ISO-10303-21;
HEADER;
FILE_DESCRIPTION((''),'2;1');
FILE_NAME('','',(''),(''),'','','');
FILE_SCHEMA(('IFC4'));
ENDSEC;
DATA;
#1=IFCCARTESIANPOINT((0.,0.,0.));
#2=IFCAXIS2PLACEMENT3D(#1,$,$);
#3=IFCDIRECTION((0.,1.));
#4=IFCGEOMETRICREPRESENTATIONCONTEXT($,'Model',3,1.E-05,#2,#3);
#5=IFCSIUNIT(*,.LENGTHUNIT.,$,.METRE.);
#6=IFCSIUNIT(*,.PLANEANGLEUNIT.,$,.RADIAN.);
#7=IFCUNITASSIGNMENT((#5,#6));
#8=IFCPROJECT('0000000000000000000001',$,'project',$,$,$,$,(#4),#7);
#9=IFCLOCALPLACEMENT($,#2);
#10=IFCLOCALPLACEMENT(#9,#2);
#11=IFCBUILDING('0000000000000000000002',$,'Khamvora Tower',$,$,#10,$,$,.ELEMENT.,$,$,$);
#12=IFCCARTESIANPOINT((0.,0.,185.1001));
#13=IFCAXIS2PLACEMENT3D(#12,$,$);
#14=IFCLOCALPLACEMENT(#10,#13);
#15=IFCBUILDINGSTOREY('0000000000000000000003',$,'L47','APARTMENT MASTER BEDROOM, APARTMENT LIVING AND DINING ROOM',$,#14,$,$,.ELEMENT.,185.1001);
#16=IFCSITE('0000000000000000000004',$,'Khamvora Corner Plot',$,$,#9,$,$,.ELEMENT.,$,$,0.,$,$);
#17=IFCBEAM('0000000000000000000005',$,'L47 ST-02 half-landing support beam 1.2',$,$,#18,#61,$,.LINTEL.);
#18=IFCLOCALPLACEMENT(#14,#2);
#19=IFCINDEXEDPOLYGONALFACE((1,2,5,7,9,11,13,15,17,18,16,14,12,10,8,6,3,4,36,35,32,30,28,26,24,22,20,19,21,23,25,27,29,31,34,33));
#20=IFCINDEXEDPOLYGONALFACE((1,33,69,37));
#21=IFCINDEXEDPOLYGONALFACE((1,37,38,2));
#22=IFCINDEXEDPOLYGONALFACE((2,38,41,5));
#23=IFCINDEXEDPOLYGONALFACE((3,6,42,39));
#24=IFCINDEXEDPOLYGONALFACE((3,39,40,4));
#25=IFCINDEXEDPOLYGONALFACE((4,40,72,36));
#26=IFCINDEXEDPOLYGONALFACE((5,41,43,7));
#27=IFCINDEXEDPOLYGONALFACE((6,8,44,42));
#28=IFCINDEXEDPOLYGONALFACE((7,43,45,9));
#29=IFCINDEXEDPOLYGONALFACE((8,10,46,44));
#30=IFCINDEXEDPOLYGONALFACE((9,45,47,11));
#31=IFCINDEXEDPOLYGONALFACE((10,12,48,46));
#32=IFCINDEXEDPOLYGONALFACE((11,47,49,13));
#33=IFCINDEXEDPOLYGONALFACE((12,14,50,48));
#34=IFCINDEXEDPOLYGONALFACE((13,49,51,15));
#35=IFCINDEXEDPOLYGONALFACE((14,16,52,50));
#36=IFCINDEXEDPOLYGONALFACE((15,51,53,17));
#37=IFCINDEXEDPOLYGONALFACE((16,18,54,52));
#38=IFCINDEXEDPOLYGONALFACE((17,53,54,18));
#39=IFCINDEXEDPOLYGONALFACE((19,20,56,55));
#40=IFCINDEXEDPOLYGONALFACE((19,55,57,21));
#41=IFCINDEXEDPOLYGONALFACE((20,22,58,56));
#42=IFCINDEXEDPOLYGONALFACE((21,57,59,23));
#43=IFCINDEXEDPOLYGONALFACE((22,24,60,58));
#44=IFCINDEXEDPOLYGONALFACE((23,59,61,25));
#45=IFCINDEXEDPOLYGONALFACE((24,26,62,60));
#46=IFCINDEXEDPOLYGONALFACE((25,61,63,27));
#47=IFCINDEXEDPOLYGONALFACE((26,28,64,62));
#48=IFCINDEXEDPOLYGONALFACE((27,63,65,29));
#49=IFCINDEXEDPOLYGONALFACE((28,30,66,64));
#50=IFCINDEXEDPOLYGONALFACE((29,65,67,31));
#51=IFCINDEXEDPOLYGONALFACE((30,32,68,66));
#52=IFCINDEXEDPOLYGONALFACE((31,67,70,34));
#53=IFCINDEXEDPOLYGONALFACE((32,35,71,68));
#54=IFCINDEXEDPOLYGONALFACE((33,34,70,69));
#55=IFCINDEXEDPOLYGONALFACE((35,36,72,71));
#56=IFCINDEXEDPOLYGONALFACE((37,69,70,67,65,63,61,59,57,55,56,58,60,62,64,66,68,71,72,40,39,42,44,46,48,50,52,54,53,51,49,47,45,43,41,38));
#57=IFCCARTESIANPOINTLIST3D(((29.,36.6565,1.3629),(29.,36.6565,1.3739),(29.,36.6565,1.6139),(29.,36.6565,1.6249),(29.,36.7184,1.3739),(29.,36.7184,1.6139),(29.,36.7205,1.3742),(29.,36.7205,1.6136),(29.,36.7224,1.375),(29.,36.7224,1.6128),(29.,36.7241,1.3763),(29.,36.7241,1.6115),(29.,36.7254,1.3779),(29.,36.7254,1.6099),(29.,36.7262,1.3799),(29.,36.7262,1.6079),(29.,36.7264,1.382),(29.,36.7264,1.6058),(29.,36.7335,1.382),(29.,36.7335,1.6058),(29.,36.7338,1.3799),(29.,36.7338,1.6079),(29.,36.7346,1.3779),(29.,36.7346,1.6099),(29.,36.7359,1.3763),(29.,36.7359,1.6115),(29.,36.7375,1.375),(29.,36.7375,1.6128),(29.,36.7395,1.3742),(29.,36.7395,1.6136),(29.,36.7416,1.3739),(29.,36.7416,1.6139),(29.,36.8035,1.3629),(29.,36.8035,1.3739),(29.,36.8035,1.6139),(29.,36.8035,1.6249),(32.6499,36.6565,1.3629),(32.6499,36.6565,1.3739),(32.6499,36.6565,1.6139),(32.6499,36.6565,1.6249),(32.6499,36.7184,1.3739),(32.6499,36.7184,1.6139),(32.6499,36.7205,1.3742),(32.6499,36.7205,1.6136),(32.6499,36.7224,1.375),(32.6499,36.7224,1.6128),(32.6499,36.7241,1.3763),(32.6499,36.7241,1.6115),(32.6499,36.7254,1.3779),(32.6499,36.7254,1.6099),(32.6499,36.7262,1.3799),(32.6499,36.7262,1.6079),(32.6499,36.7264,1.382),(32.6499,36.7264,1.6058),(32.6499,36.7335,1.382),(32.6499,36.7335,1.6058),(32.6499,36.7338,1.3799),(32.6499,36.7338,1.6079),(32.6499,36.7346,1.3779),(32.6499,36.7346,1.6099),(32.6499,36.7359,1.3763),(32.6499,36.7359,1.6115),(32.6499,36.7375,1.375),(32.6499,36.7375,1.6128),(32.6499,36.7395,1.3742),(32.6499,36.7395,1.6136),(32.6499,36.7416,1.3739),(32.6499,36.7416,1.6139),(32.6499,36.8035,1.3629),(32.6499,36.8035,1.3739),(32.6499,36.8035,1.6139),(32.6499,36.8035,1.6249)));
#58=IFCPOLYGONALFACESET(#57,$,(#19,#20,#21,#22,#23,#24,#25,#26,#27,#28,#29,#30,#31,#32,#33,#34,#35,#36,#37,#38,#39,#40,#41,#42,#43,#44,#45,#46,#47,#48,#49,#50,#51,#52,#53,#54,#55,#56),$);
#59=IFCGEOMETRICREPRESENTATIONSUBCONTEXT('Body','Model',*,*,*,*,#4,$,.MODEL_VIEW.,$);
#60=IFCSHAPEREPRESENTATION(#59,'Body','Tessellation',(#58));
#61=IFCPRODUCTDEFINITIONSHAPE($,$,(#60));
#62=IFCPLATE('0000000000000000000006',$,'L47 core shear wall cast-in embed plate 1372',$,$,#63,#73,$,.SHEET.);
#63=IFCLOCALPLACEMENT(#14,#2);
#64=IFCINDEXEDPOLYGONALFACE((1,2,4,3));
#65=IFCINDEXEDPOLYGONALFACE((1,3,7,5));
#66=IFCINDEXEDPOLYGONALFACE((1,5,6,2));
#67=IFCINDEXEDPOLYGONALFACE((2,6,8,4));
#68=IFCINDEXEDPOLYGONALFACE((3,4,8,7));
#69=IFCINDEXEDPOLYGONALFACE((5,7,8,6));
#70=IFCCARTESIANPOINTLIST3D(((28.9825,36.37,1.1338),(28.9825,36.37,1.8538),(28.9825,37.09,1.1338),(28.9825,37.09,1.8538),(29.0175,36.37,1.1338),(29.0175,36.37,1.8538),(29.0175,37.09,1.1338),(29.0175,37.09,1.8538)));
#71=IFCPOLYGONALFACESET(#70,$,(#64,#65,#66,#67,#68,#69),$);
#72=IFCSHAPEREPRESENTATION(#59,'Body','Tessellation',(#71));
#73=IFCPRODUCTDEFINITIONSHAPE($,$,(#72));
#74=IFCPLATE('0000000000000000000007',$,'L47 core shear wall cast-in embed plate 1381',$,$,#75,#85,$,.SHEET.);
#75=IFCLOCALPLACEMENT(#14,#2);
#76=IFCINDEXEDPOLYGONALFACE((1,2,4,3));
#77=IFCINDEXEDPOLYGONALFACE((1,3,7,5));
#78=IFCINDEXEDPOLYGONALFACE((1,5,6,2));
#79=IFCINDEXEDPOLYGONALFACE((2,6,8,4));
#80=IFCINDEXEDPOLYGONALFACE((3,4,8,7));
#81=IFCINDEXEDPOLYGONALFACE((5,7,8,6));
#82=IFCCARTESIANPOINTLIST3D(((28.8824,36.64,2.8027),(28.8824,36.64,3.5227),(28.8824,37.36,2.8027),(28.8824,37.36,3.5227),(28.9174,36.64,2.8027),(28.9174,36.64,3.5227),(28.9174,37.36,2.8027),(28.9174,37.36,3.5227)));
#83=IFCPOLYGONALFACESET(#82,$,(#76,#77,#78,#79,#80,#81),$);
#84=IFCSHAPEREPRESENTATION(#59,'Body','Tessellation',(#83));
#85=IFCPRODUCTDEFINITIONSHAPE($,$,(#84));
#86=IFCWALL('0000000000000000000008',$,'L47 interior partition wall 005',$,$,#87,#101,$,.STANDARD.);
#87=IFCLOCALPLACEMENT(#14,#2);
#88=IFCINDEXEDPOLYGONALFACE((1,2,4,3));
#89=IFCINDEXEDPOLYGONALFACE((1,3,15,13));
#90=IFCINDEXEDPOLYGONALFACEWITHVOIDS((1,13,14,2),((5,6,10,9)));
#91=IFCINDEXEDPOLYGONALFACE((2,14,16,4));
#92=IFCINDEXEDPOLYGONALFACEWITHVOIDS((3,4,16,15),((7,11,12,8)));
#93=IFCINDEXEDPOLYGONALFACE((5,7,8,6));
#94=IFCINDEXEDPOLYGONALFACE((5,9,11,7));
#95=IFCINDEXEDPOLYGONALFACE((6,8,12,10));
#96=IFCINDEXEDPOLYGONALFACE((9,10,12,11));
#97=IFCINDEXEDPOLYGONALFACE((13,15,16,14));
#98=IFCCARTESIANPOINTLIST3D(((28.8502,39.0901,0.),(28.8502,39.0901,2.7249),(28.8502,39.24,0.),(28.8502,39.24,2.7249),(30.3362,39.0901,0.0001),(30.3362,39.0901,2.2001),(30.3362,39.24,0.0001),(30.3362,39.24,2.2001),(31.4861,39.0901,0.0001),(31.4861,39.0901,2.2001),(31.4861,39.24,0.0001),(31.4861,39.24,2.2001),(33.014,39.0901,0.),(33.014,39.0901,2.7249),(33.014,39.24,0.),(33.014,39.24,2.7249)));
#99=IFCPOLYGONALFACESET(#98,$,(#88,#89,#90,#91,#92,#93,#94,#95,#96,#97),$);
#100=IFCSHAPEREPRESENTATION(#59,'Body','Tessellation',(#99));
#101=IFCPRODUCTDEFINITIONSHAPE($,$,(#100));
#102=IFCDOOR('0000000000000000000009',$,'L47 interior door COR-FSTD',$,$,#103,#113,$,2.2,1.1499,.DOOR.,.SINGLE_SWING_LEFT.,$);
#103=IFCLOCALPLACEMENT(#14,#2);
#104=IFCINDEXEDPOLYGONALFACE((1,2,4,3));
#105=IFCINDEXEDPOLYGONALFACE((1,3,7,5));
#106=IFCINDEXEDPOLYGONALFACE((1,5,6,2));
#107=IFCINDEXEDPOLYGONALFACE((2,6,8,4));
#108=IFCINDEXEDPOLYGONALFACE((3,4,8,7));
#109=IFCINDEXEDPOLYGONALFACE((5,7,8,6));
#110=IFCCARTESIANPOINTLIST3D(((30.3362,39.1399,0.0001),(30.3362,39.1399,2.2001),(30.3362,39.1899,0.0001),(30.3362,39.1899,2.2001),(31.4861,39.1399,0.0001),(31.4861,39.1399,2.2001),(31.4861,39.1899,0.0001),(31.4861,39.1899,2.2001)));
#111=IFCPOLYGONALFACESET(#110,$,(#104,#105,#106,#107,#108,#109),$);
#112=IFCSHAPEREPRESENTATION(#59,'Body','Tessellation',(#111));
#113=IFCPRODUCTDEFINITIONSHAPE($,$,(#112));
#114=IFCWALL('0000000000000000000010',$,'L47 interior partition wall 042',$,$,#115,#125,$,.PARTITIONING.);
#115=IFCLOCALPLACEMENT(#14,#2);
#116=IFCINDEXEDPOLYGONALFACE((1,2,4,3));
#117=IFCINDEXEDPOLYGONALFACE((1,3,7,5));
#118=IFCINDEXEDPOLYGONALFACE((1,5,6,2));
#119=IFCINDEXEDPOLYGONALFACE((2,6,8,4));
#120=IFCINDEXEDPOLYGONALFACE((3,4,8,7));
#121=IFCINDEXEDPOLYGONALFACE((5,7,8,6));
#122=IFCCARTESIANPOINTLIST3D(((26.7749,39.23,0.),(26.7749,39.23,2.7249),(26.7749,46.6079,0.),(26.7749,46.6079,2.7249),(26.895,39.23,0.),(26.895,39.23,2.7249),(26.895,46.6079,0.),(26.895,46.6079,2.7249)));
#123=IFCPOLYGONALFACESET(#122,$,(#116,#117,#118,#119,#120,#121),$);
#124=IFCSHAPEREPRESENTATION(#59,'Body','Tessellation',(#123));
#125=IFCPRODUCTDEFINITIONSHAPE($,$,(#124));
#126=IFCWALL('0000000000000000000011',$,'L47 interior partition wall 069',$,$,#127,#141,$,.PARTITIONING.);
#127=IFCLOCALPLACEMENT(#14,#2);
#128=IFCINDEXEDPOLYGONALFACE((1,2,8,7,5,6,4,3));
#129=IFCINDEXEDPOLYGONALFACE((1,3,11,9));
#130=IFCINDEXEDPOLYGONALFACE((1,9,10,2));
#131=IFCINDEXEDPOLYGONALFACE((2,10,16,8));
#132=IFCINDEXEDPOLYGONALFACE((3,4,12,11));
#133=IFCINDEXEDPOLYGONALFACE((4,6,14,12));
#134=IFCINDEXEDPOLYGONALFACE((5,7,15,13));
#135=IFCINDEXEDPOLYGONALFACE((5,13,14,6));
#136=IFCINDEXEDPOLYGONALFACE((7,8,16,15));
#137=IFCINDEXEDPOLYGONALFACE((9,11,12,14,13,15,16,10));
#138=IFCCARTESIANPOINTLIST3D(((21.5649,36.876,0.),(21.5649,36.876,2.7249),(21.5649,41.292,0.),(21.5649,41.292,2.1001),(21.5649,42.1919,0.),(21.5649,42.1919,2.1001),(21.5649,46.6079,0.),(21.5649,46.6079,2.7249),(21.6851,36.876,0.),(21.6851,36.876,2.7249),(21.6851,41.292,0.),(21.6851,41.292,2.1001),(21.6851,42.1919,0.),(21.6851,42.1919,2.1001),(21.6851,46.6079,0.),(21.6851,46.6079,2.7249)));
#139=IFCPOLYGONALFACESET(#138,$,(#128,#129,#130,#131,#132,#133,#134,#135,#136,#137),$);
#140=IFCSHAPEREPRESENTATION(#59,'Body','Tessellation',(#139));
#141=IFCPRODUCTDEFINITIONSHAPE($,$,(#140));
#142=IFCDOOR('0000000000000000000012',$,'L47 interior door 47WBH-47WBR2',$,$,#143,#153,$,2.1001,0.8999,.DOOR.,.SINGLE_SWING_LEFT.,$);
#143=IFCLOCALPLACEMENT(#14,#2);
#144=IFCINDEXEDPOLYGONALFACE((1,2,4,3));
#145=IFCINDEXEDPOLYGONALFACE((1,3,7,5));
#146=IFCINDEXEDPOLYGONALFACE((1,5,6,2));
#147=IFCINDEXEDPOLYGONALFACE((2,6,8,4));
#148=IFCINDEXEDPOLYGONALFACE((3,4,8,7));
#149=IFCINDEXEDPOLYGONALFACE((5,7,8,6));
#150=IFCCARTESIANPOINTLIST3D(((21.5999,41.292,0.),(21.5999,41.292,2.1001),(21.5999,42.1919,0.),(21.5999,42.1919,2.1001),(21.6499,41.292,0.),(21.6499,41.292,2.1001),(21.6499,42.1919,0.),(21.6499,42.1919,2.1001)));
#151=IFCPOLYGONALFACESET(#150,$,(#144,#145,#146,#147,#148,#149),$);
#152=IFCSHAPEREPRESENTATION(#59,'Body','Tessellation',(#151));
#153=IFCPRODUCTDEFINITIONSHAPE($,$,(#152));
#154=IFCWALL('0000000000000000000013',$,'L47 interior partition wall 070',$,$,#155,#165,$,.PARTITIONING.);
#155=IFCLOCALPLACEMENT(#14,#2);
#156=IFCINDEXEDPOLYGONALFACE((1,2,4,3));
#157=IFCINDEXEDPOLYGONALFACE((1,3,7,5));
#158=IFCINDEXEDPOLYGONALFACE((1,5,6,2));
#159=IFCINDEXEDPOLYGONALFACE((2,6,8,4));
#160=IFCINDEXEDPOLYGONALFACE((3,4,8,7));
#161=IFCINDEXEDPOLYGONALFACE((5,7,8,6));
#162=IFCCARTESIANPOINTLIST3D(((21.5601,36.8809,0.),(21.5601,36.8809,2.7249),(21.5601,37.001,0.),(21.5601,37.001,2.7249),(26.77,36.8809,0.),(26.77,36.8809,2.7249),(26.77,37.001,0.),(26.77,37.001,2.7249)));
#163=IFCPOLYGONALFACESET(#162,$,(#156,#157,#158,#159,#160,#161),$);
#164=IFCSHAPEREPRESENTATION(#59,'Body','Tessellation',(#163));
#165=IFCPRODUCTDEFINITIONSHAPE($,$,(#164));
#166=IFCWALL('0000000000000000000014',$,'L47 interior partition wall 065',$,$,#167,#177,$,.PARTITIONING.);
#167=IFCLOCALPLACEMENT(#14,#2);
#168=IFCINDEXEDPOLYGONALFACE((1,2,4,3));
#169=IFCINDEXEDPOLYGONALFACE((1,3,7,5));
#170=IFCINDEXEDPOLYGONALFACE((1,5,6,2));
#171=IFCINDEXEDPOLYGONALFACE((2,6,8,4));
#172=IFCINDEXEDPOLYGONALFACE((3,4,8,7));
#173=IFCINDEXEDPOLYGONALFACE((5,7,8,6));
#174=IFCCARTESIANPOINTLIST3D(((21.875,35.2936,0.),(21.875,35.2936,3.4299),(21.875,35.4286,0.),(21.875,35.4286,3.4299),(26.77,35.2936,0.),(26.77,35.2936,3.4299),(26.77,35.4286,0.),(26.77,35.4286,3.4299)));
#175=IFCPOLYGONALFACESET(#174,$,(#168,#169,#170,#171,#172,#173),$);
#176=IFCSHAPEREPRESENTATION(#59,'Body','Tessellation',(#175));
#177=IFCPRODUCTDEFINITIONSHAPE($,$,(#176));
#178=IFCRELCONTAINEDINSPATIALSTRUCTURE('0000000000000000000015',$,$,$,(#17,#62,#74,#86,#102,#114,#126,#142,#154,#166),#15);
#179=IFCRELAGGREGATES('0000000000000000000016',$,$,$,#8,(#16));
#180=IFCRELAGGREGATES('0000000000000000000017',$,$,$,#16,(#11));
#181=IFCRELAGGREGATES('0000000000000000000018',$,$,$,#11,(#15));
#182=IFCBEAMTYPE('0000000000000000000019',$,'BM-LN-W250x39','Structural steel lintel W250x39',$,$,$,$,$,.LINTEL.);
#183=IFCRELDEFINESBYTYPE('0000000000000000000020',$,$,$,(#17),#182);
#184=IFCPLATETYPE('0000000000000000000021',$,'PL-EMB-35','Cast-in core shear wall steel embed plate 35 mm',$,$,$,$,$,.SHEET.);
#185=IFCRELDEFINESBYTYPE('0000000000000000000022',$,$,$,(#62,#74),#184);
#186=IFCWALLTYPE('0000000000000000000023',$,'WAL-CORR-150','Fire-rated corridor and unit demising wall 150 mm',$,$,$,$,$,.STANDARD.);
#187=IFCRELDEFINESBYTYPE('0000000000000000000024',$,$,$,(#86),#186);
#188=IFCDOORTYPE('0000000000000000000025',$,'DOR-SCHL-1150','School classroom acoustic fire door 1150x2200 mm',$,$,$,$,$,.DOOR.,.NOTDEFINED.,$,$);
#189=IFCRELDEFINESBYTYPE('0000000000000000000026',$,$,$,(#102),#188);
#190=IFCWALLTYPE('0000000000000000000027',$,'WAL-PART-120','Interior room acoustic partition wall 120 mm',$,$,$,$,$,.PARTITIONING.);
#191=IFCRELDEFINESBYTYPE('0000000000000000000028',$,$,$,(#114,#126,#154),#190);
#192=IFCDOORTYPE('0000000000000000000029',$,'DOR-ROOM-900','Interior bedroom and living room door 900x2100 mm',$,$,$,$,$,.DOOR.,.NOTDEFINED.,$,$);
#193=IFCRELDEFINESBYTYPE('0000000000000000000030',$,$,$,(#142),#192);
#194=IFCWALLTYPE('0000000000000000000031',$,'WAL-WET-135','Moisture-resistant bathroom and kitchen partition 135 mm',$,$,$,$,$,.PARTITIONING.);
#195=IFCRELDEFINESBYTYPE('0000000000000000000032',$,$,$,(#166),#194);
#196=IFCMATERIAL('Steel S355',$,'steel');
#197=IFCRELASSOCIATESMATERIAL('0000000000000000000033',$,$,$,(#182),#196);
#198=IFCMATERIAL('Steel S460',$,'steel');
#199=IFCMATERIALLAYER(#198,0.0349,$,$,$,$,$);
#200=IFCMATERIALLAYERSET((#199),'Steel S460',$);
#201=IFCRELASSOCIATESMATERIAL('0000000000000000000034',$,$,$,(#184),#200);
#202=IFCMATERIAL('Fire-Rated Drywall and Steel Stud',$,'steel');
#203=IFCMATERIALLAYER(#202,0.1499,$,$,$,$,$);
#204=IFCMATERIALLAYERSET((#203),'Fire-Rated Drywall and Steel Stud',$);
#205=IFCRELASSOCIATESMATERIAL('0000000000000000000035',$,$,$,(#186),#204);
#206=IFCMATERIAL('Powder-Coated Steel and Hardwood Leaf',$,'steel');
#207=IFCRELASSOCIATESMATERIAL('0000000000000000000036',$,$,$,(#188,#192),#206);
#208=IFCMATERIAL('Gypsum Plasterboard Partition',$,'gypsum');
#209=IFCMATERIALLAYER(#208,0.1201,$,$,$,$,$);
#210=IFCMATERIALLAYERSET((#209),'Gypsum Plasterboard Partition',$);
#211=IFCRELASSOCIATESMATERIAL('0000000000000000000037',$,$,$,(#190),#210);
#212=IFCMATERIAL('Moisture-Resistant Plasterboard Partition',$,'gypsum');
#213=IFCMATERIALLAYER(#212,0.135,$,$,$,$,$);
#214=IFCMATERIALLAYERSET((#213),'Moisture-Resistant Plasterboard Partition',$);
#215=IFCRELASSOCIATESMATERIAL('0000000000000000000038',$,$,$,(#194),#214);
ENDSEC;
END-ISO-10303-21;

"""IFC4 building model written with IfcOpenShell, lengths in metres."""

from ifc_helpers import new_model, si_unit, direction, frame, frame_2d, origin, origin_2d, place, context, subcontext, project, spatial, rectangle, i_section, extrude, material, layer, layer_set, material_profile, profile_set, type_object, element, fill, save


model = new_model("IFC4")

# Units and contexts
model_context = context("Model", 3, precision=1e-05, world=origin(), true_north=direction((0.0, 1.0)))
body_context = subcontext(model_context, "Body", "Model", "MODEL_VIEW")
ifc_project = project(units=[si_unit("LENGTHUNIT", "METRE"), si_unit("PLANEANGLEUNIT", "RADIAN")], contexts=[model_context])

# Site, building, storey
site_placement = place(None, origin())
site = spatial("IfcSite", under=ifc_project, at=site_placement, Name="Khamvora Corner Plot", CompositionType="ELEMENT", RefElevation=0.0)
building_placement = place(site_placement, origin())
building = spatial("IfcBuilding", under=site, at=building_placement, Name="Khamvora Tower", CompositionType="ELEMENT")
storey_placement = place(building_placement, frame((0.0, 0.0, 185.1001)))
storey = spatial("IfcBuildingStorey", under=building, at=storey_placement, Name="L47", Description="APARTMENT MASTER BEDROOM, APARTMENT LIVING AND DINING ROOM", CompositionType="ELEMENT", Elevation=185.1001)

# Beam
ifc_material_1 = material(Name="Steel S355", Category="steel")
ifc_material_profile = material_profile(ifc_material_1, i_section(OverallWidth=0.147, OverallDepth=0.262, WebThickness=0.0071, FlangeThickness=0.011, FilletRadius=0.0081, at=origin_2d()), Name="W250x39")
ifc_profile_set = profile_set([ifc_material_profile], Name="Steel S355")
beam_type = type_object("IfcBeamType", Name="BM-LN-W250x39", Description="Structural steel lintel W250x39", PredefinedType="LINTEL", material=ifc_profile_set)
beam_placement = place(storey_placement, frame((29.0, 36.73, 1.4939), z_axis=(1.0, 0.0, 0.0), x_axis=(0.0, 1.0, 0.0)))
element("IfcBeam", 1, at=beam_placement, inside=storey, type_object=beam_type, Name="L47 ST-02 half-landing support beam 1.2", PredefinedType="LINTEL", context=body_context, shape_type="SweptSolid", body=[
    extrude(i_section(OverallWidth=0.147, OverallDepth=0.262, WebThickness=0.0071, FlangeThickness=0.011, FilletRadius=0.0081, at=origin_2d()), origin(), (0.0, 0.0, 1.0), 3.6499),
])

# Plates
ifc_material_2 = material(Name="Steel S460", Category="steel")
ifc_layer_1 = layer(ifc_material_2, 0.0349)
ifc_layer_set_1 = layer_set([ifc_layer_1], Name="Steel S460")
plate_type = type_object("IfcPlateType", Name="PL-EMB-35", Description="Cast-in core shear wall steel embed plate 35 mm", PredefinedType="SHEET", material=ifc_layer_set_1)
for number, where, z_axis, x_axis, name in (
    (2, (29.0, 36.73, 1.1338), (0.0, 0.0, 1.0), (1.0, 0.0, 0.0), "L47 core shear wall cast-in embed plate 1372"),
    (3, (28.8999, 37.0, 2.8027), (0.0, 0.0, 1.0), (1.0, 0.0, 0.0), "L47 core shear wall cast-in embed plate 1381"),
):
    element("IfcPlate", number, at=place(storey_placement, frame(where, z_axis=z_axis, x_axis=x_axis)), inside=storey, type_object=plate_type, Name=name, PredefinedType="SHEET", context=body_context, shape_type="SweptSolid", body=[
        extrude(rectangle(XDim=0.0349, YDim=0.72, at=origin_2d()), origin(), (0.0, 0.0, 1.0), 0.72),
    ])

# Wall, opening, door
ifc_material_3 = material(Name="Fire-Rated Drywall and Steel Stud", Category="steel")
ifc_layer_2 = layer(ifc_material_3, 0.1499)
ifc_layer_set_2 = layer_set([ifc_layer_2], Name="Fire-Rated Drywall and Steel Stud")
wall_type_1 = type_object("IfcWallType", Name="WAL-CORR-150", Description="Fire-rated corridor and unit demising wall 150 mm", PredefinedType="STANDARD", material=ifc_layer_set_2)
wall_1_placement = place(storey_placement, frame((28.8501, 39.165, 0.0), z_axis=(0.0, 0.0, 1.0), x_axis=(1.0, 0.0, 0.0)))
wall_1 = element("IfcWall", 4, at=wall_1_placement, inside=storey, type_object=wall_type_1, Name="L47 interior partition wall 005", PredefinedType="STANDARD", context=body_context, shape_type="SweptSolid", body=[
    extrude(rectangle(XDim=4.1638, YDim=0.1499, at=frame_2d((2.082, 0.0))), origin(), (0.0, 0.0, 1.0), 2.7249),
])
opening_1_placement = place(wall_1_placement, frame((1.4861, 0.0, 0.0)))
opening_1 = element("IfcOpeningElement", 5, at=opening_1_placement, cuts=wall_1, PredefinedType="OPENING", context=body_context, shape_type="SweptSolid", body=[
    extrude(rectangle(XDim=1.1499, YDim=2.2, at=frame_2d((0.575, 1.1001))), frame((0.0, 0.085, 0.0), z_axis=(0.0, -1.0, 0.0), x_axis=(1.0, 0.0, 0.0)), (0.0, 0.0, 1.0), 0.1699),
])
ifc_material_4 = material(Name="Powder-Coated Steel and Hardwood Leaf", Category="steel")
door_type_1 = type_object("IfcDoorType", Name="DOR-SCHL-1150", Description="School classroom acoustic fire door 1150x2200 mm", OperationType="NOTDEFINED", PredefinedType="DOOR", material=ifc_material_4)
door_1_placement = place(opening_1_placement, origin())
door_1 = element("IfcDoor", 6, at=door_1_placement, inside=storey, type_object=door_type_1, Name="L47 interior door COR-FSTD", OperationType="SINGLE_SWING_LEFT", OverallHeight=2.2, OverallWidth=1.1499, PredefinedType="DOOR", context=body_context, shape_type="SweptSolid", body=[
    extrude(rectangle(XDim=1.1499, YDim=2.2, at=frame_2d((0.575, 1.1001))), frame((0.0, 0.0249, 0.0), z_axis=(0.0, -1.0, 0.0), x_axis=(1.0, 0.0, 0.0)), (0.0, 0.0, 1.0), 0.05),
])
fill(opening_1, door_1)

# Wall
ifc_material_5 = material(Name="Gypsum Plasterboard Partition", Category="gypsum")
ifc_layer_3 = layer(ifc_material_5, 0.1201)
ifc_layer_set_3 = layer_set([ifc_layer_3], Name="Gypsum Plasterboard Partition")
wall_type_2 = type_object("IfcWallType", Name="WAL-PART-120", Description="Interior room acoustic partition wall 120 mm", PredefinedType="PARTITIONING", material=ifc_layer_set_3)
wall_2_placement = place(storey_placement, frame((26.835, 39.23, 0.0), z_axis=(0.0, 0.0, 1.0), x_axis=(0.0, 1.0, 0.0)))
element("IfcWall", 7, at=wall_2_placement, inside=storey, type_object=wall_type_2, Name="L47 interior partition wall 042", PredefinedType="PARTITIONING", context=body_context, shape_type="SweptSolid", body=[
    extrude(rectangle(XDim=7.3779, YDim=0.1201, at=frame_2d((3.689, 0.0))), origin(), (0.0, 0.0, 1.0), 2.7249),
])

# Wall, opening, door
wall_3_placement = place(storey_placement, frame((21.625, 46.6079, 0.0), z_axis=(0.0, 0.0, 1.0), x_axis=(0.0, -1.0, 0.0)))
wall_3 = element("IfcWall", 8, at=wall_3_placement, inside=storey, type_object=wall_type_2, Name="L47 interior partition wall 069", PredefinedType="PARTITIONING", context=body_context, shape_type="SweptSolid", body=[
    extrude(rectangle(XDim=9.7319, YDim=0.1201, at=frame_2d((4.866, 0.0))), origin(), (0.0, 0.0, 1.0), 2.7249),
])
opening_2_placement = place(wall_3_placement, frame((4.416, 0.0, 0.0)))
opening_2 = element("IfcOpeningElement", 9, at=opening_2_placement, cuts=wall_3, PredefinedType="OPENING", context=body_context, shape_type="SweptSolid", body=[
    extrude(rectangle(XDim=0.8999, YDim=2.1001, at=frame_2d((0.45, 1.05))), frame((0.0, 0.0701, 0.0), z_axis=(0.0, -1.0, 0.0), x_axis=(1.0, 0.0, 0.0)), (0.0, 0.0, 1.0), 0.1401),
])
door_type_2 = type_object("IfcDoorType", Name="DOR-ROOM-900", Description="Interior bedroom and living room door 900x2100 mm", OperationType="NOTDEFINED", PredefinedType="DOOR", material=ifc_material_4)
door_2_placement = place(opening_2_placement, origin())
door_2 = element("IfcDoor", 10, at=door_2_placement, inside=storey, type_object=door_type_2, Name="L47 interior door 47WBH-47WBR2", OperationType="SINGLE_SWING_LEFT", OverallHeight=2.1001, OverallWidth=0.8999, PredefinedType="DOOR", context=body_context, shape_type="SweptSolid", body=[
    extrude(rectangle(XDim=0.8999, YDim=2.1001, at=frame_2d((0.45, 1.05))), frame((0.0, 0.0249, 0.0), z_axis=(0.0, -1.0, 0.0), x_axis=(1.0, 0.0, 0.0)), (0.0, 0.0, 1.0), 0.05),
])
fill(opening_2, door_2)

# Walls
wall_4_placement = place(storey_placement, frame((21.5601, 36.9409, 0.0), z_axis=(0.0, 0.0, 1.0), x_axis=(1.0, 0.0, 0.0)))
element("IfcWall", 11, at=wall_4_placement, inside=storey, type_object=wall_type_2, Name="L47 interior partition wall 070", PredefinedType="PARTITIONING", context=body_context, shape_type="SweptSolid", body=[
    extrude(rectangle(XDim=5.21, YDim=0.1201, at=frame_2d((2.605, 0.0))), origin(), (0.0, 0.0, 1.0), 2.7249),
])
ifc_material_6 = material(Name="Moisture-Resistant Plasterboard Partition", Category="gypsum")
ifc_layer_4 = layer(ifc_material_6, 0.135)
ifc_layer_set_4 = layer_set([ifc_layer_4], Name="Moisture-Resistant Plasterboard Partition")
wall_type_3 = type_object("IfcWallType", Name="WAL-WET-135", Description="Moisture-resistant bathroom and kitchen partition 135 mm", PredefinedType="PARTITIONING", material=ifc_layer_set_4)
wall_5_placement = place(storey_placement, frame((26.77, 35.3611, 0.0), z_axis=(0.0, 0.0, 1.0), x_axis=(-1.0, 0.0, 0.0)))
element("IfcWall", 12, at=wall_5_placement, inside=storey, type_object=wall_type_3, Name="L47 interior partition wall 065", PredefinedType="PARTITIONING", context=body_context, shape_type="SweptSolid", body=[
    extrude(rectangle(XDim=4.895, YDim=0.135, at=frame_2d((2.4475, 0.0))), origin(), (0.0, 0.0, 1.0), 3.4299),
])

save(model, "model.ifc")
